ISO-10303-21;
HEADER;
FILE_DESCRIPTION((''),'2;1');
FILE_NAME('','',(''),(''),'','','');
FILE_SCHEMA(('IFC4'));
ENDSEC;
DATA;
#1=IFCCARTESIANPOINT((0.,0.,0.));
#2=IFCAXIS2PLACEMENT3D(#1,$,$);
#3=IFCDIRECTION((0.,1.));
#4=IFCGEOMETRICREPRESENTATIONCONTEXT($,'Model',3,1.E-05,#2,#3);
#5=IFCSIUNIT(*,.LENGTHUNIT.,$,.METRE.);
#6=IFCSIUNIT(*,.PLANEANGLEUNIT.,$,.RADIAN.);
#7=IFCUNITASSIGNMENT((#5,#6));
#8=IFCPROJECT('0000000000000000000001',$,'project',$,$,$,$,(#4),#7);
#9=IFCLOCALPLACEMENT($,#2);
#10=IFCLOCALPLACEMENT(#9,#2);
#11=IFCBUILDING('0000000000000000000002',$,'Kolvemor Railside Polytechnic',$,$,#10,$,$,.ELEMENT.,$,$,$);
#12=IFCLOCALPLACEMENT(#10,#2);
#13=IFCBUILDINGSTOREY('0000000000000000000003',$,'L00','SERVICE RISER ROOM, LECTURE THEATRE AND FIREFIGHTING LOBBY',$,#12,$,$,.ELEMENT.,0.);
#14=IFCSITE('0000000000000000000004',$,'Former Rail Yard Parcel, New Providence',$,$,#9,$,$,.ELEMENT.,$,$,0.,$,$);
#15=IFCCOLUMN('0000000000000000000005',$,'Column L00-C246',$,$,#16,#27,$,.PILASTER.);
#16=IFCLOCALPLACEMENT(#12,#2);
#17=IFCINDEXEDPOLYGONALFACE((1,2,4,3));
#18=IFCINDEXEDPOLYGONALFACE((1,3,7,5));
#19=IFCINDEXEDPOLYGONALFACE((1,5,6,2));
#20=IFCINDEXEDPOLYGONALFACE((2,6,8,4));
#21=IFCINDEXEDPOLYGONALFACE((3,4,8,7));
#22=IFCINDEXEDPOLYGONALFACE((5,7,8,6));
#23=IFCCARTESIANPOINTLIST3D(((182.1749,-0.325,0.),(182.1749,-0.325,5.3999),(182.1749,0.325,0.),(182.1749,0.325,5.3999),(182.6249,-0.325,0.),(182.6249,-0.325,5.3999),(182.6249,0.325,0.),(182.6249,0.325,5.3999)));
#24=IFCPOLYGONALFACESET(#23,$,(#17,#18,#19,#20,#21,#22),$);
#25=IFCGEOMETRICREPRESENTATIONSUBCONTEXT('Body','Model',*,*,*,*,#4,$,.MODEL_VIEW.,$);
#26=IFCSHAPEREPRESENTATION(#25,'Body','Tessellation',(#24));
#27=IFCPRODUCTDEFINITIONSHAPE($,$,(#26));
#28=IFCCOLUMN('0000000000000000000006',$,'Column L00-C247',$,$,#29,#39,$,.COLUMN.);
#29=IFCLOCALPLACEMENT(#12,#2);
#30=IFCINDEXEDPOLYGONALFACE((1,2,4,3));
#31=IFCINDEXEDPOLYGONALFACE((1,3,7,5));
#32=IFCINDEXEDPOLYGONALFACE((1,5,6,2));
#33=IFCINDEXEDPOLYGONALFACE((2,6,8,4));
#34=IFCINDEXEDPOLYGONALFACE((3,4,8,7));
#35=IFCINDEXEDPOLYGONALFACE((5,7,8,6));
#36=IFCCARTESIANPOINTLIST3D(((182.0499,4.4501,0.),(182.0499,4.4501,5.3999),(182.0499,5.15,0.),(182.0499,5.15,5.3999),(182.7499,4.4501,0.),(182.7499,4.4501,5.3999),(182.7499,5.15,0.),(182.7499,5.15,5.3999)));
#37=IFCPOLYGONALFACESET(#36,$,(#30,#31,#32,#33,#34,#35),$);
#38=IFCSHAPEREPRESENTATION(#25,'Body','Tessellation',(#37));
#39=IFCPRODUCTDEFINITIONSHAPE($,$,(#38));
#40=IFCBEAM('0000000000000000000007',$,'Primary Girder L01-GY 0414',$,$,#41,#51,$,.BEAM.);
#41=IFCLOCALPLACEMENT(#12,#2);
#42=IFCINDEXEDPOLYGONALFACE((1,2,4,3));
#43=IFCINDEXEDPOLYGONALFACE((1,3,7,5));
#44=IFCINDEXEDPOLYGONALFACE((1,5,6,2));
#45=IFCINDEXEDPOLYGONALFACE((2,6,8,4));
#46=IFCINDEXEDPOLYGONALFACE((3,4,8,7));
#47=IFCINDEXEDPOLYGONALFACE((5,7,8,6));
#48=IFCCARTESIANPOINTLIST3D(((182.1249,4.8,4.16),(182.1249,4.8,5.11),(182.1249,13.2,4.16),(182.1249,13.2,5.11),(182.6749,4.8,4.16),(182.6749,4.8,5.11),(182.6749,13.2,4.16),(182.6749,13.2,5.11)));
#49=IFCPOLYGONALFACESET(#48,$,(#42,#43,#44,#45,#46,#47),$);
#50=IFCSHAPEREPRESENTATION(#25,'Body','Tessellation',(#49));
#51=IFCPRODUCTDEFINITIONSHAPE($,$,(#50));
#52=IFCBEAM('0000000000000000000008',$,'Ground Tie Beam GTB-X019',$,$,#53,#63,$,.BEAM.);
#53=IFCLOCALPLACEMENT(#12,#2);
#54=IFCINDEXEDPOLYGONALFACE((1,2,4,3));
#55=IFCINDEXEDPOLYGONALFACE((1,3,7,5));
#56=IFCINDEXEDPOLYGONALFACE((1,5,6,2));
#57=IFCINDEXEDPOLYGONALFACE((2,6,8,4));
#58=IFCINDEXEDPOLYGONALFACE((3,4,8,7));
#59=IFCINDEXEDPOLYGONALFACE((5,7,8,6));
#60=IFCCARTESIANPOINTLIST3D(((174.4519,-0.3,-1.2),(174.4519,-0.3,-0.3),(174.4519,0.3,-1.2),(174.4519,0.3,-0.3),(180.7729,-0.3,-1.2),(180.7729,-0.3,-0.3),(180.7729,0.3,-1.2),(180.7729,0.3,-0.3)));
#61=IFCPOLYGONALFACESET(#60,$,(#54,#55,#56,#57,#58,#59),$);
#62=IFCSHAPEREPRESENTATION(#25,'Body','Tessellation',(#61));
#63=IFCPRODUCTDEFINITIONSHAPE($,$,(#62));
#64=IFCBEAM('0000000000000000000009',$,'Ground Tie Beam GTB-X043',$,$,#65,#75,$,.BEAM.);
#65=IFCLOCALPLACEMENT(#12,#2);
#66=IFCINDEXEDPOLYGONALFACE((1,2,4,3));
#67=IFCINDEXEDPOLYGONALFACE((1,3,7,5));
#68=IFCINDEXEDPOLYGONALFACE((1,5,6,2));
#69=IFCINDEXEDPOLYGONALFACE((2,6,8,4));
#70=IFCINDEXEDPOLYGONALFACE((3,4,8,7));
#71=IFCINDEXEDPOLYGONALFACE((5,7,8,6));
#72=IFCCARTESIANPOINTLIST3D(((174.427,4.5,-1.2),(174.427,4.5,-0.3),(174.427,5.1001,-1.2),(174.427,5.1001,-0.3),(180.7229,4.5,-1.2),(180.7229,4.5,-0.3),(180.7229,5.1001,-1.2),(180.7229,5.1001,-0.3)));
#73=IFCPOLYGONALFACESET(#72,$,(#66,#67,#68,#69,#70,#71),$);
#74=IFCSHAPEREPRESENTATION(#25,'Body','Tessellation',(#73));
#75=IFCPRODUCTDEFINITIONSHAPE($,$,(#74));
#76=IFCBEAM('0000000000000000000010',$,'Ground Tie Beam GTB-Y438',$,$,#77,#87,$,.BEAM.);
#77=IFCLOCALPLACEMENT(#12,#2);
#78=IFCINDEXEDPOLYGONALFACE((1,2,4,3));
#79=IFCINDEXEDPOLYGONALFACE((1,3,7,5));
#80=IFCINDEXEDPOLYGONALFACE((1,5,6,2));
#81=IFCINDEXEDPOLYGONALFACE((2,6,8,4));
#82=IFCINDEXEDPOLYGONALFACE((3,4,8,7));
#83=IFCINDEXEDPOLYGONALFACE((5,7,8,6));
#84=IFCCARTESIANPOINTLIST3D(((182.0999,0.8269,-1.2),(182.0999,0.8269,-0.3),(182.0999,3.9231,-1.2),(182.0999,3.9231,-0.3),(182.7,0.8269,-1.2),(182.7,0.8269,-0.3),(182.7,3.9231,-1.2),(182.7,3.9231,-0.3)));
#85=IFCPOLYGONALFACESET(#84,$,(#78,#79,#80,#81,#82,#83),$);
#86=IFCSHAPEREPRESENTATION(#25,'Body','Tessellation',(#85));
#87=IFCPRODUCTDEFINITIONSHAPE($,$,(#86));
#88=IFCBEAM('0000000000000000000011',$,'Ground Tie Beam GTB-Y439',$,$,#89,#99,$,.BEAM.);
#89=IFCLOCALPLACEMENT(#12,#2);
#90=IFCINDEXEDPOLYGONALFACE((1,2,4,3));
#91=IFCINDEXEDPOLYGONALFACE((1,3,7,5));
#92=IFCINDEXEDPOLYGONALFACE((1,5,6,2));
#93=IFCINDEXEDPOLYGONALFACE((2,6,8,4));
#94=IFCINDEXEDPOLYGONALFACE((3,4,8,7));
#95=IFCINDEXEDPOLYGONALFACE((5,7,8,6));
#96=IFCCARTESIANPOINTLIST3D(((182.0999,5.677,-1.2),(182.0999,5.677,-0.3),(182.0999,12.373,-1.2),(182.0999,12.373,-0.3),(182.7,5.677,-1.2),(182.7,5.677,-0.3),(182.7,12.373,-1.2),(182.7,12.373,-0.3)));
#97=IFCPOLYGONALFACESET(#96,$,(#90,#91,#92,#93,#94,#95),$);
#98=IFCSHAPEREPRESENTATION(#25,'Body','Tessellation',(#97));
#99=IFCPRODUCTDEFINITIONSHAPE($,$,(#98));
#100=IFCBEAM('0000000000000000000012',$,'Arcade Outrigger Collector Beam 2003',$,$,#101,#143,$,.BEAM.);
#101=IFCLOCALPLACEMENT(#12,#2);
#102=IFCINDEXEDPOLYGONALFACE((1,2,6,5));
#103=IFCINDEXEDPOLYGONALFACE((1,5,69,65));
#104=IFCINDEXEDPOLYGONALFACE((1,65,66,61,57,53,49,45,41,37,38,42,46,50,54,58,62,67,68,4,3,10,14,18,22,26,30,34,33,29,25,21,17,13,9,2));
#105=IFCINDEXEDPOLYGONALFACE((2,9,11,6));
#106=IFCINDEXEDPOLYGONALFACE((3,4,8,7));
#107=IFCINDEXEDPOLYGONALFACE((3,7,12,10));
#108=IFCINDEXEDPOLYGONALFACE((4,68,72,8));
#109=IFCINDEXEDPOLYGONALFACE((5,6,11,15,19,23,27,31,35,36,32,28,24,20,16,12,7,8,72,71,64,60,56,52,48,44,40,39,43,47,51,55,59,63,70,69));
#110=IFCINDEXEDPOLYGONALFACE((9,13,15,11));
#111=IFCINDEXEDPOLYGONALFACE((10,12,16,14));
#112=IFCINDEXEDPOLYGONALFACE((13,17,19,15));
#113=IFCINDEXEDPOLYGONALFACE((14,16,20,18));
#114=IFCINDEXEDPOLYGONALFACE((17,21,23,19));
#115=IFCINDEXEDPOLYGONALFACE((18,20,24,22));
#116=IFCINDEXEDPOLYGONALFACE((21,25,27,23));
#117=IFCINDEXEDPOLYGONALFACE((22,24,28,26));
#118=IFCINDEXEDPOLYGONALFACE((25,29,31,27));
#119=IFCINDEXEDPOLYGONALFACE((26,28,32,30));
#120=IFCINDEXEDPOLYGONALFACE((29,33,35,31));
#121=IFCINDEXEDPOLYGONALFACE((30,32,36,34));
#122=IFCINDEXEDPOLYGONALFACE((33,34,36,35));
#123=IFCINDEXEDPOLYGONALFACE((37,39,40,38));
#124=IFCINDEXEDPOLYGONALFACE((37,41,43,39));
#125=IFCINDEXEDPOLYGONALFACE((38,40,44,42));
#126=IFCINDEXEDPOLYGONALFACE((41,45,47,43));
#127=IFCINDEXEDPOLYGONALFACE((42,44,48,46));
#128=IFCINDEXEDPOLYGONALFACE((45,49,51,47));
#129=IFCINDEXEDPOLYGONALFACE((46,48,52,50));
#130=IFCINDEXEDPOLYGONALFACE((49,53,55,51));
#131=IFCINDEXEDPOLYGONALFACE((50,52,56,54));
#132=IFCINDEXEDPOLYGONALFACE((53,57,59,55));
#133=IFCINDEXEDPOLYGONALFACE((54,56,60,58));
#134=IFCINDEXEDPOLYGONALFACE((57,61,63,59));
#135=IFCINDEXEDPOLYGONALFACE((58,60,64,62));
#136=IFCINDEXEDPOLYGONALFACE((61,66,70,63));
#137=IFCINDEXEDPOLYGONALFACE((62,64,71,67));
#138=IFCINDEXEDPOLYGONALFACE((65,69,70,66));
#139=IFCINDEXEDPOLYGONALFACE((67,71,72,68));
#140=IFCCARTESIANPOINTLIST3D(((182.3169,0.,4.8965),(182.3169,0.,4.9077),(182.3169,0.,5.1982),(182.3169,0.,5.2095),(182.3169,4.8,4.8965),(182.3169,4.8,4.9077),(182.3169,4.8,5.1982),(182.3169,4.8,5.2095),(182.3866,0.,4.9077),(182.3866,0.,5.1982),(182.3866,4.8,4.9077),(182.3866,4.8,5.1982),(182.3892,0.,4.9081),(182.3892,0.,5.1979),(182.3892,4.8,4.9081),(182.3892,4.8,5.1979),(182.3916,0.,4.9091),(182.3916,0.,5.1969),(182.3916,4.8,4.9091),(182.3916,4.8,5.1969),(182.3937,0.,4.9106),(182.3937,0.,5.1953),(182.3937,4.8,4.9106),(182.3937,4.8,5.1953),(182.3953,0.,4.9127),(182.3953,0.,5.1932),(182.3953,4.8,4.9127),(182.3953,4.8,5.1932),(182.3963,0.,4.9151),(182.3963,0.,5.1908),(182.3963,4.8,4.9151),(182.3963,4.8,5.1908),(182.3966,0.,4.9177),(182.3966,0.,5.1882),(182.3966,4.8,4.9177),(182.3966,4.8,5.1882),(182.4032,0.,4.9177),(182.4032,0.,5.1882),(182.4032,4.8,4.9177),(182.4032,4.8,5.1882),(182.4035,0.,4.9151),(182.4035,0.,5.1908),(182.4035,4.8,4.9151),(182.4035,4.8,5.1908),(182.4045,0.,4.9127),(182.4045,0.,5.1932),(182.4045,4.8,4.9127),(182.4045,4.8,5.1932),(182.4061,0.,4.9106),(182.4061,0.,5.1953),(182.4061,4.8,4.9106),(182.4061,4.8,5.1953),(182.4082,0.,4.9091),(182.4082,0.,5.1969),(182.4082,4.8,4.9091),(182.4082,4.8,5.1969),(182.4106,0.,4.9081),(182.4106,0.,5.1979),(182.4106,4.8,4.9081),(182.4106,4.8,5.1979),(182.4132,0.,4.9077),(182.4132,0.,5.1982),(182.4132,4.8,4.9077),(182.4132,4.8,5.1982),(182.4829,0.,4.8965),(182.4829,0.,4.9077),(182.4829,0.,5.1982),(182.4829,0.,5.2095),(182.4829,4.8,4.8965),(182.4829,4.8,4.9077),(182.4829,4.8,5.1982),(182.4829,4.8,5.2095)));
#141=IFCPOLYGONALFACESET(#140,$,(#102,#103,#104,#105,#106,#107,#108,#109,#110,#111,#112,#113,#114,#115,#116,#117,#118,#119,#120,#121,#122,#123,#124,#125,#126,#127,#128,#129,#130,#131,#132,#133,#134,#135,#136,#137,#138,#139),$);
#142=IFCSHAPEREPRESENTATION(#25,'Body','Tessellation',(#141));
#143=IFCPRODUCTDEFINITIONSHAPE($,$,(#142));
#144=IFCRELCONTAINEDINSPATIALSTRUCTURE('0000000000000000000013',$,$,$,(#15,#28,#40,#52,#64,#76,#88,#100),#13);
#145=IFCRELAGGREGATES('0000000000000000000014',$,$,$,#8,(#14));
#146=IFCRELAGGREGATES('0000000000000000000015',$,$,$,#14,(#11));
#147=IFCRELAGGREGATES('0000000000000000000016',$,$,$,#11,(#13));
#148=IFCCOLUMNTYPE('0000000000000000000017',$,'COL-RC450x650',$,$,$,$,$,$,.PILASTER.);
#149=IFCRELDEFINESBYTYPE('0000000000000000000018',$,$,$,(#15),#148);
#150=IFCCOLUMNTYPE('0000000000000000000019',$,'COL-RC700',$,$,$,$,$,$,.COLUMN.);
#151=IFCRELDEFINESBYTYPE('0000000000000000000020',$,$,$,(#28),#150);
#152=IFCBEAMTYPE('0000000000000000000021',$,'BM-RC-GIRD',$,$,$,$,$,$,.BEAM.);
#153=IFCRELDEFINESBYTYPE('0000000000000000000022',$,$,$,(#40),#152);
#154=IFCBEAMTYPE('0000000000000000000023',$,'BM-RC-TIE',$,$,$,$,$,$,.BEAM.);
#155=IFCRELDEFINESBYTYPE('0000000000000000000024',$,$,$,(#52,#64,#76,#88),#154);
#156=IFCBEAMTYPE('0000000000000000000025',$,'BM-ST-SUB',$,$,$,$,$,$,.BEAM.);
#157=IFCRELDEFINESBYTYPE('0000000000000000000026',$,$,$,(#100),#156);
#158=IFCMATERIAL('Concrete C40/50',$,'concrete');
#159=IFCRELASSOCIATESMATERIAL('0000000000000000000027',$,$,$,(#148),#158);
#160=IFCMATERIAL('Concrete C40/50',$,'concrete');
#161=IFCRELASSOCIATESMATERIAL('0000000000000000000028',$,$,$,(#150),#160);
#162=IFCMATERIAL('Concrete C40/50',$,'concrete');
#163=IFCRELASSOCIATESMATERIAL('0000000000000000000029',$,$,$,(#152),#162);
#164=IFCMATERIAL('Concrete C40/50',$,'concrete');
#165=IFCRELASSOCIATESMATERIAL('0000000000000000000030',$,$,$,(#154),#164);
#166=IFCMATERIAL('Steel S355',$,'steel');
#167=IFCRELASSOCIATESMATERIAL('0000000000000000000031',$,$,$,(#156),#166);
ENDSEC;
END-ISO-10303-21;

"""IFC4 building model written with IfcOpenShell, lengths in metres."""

from ifc_helpers import new_model, si_unit, direction, frame, origin, origin_2d, place, context, subcontext, project, spatial, rectangle, i_section, extrude, material, material_profile, profile_set, type_object, element, save


model = new_model("IFC4")

# Units and contexts
model_context = context("Model", 3, precision=1e-05, world=origin(), true_north=direction((0.0, 1.0)))
body_context = subcontext(model_context, "Body", "Model", "MODEL_VIEW")
ifc_project = project(units=[si_unit("LENGTHUNIT", "METRE"), si_unit("PLANEANGLEUNIT", "RADIAN")], contexts=[model_context])

# Site, building, storey
site_placement = place(None, origin())
site = spatial("IfcSite", under=ifc_project, at=site_placement, Name="Former Rail Yard Parcel, New Providence", CompositionType="ELEMENT", RefElevation=0.0)
building_placement = place(site_placement, origin())
building = spatial("IfcBuilding", under=site, at=building_placement, Name="Kolvemor Railside Polytechnic", CompositionType="ELEMENT")
storey_placement = place(building_placement, origin())
storey = spatial("IfcBuildingStorey", under=building, at=storey_placement, Name="L00", Description="SERVICE RISER ROOM, LECTURE THEATRE AND FIREFIGHTING LOBBY", CompositionType="ELEMENT", Elevation=0.0)

# Columns
ifc_material_1 = material(Name="Concrete C40/50", Category="concrete")
ifc_material_profile_1 = material_profile(ifc_material_1, rectangle(XDim=0.45, YDim=0.6499, at=origin_2d()), Name="RC450x650")
ifc_profile_set_1 = profile_set([ifc_material_profile_1], Name="Concrete C40/50")
column_type_1 = type_object("IfcColumnType", Name="COL-RC450x650", PredefinedType="PILASTER", material=ifc_profile_set_1)
column_1_placement = place(storey_placement, frame((182.3999, 0.0, 0.0), z_axis=(0.0, 0.0, 1.0), x_axis=(1.0, 0.0, 0.0)))
element("IfcColumn", 1, at=column_1_placement, inside=storey, type_object=column_type_1, Name="Column L00-C246", PredefinedType="PILASTER", context=body_context, shape_type="SweptSolid", body=[
    extrude(rectangle(XDim=0.45, YDim=0.6499, at=origin_2d()), origin(), (0.0, 0.0, 1.0), 5.3999),
])
ifc_material_2 = material(Name="Concrete C40/50", Category="concrete")
ifc_material_profile_2 = material_profile(ifc_material_2, rectangle(XDim=0.7, YDim=0.7, at=origin_2d()), Name="RC700x700")
ifc_profile_set_2 = profile_set([ifc_material_profile_2], Name="Concrete C40/50")
column_type_2 = type_object("IfcColumnType", Name="COL-RC700", PredefinedType="COLUMN", material=ifc_profile_set_2)
column_2_placement = place(storey_placement, frame((182.3999, 4.8, 0.0), z_axis=(0.0, 0.0, 1.0), x_axis=(1.0, 0.0, 0.0)))
element("IfcColumn", 2, at=column_2_placement, inside=storey, type_object=column_type_2, Name="Column L00-C247", PredefinedType="COLUMN", context=body_context, shape_type="SweptSolid", body=[
    extrude(rectangle(XDim=0.7, YDim=0.7, at=origin_2d()), origin(), (0.0, 0.0, 1.0), 5.3999),
])

# Beams
ifc_material_3 = material(Name="Concrete C40/50", Category="concrete")
ifc_material_profile_3 = material_profile(ifc_material_3, rectangle(XDim=0.55, YDim=0.95, at=origin_2d()), Name="RC550x950")
ifc_profile_set_3 = profile_set([ifc_material_profile_3], Name="Concrete C40/50")
beam_type_1 = type_object("IfcBeamType", Name="BM-RC-GIRD", PredefinedType="BEAM", material=ifc_profile_set_3)
beam_1_placement = place(storey_placement, frame((182.3999, 4.8, 4.635), z_axis=(0.0, 1.0, 0.0), x_axis=(-1.0, 0.0, 0.0)))
element("IfcBeam", 3, at=beam_1_placement, inside=storey, type_object=beam_type_1, Name="Primary Girder L01-GY 0414", PredefinedType="BEAM", context=body_context, shape_type="SweptSolid", body=[
    extrude(rectangle(XDim=0.55, YDim=0.95, at=origin_2d()), origin(), (0.0, 0.0, 1.0), 8.3999),
])
ifc_material_4 = material(Name="Concrete C40/50", Category="concrete")
ifc_material_profile_4 = material_profile(ifc_material_4, rectangle(XDim=0.6001, YDim=0.8999, at=origin_2d()), Name="RC600x900")
ifc_profile_set_4 = profile_set([ifc_material_profile_4], Name="Concrete C40/50")
beam_type_2 = type_object("IfcBeamType", Name="BM-RC-TIE", PredefinedType="BEAM", material=ifc_profile_set_4)
beam_2_placement = place(storey_placement, frame((174.4519, 0.0, -0.75), z_axis=(1.0, 0.0, 0.0), x_axis=(0.0, 1.0, 0.0)))
element("IfcBeam", 4, at=beam_2_placement, inside=storey, type_object=beam_type_2, Name="Ground Tie Beam GTB-X019", PredefinedType="BEAM", context=body_context, shape_type="SweptSolid", body=[
    extrude(rectangle(XDim=0.6001, YDim=0.8999, at=origin_2d()), origin(), (0.0, 0.0, 1.0), 6.321),
])
beam_3_placement = place(storey_placement, frame((174.427, 4.8, -0.75), z_axis=(1.0, 0.0, 0.0), x_axis=(0.0, 1.0, 0.0)))
element("IfcBeam", 5, at=beam_3_placement, inside=storey, type_object=beam_type_2, Name="Ground Tie Beam GTB-X043", PredefinedType="BEAM", context=body_context, shape_type="SweptSolid", body=[
    extrude(rectangle(XDim=0.6001, YDim=0.8999, at=origin_2d()), origin(), (0.0, 0.0, 1.0), 6.2959),
])
beam_4_placement = place(storey_placement, frame((182.3999, 0.8269, -0.75), z_axis=(0.0, 1.0, 0.0), x_axis=(-1.0, 0.0, 0.0)))
element("IfcBeam", 6, at=beam_4_placement, inside=storey, type_object=beam_type_2, Name="Ground Tie Beam GTB-Y438", PredefinedType="BEAM", context=body_context, shape_type="SweptSolid", body=[
    extrude(rectangle(XDim=0.6001, YDim=0.8999, at=origin_2d()), origin(), (0.0, 0.0, 1.0), 3.0962),
])
beam_5_placement = place(storey_placement, frame((182.3999, 5.677, -0.75), z_axis=(0.0, 1.0, 0.0), x_axis=(-1.0, 0.0, 0.0)))
element("IfcBeam", 7, at=beam_5_placement, inside=storey, type_object=beam_type_2, Name="Ground Tie Beam GTB-Y439", PredefinedType="BEAM", context=body_context, shape_type="SweptSolid", body=[
    extrude(rectangle(XDim=0.6001, YDim=0.8999, at=origin_2d()), origin(), (0.0, 0.0, 1.0), 6.696),
])
ifc_material_5 = material(Name="Steel S355", Category="steel")
ifc_material_profile_5 = material_profile(ifc_material_5, i_section(OverallWidth=0.166, OverallDepth=0.313, WebThickness=0.0066, FlangeThickness=0.0112, FilletRadius=0.01, at=origin_2d()), Name="W310x45")
ifc_profile_set_5 = profile_set([ifc_material_profile_5], Name="Steel S355")
beam_type_3 = type_object("IfcBeamType", Name="BM-ST-SUB", PredefinedType="BEAM", material=ifc_profile_set_5)
beam_6_placement = place(storey_placement, frame((182.3999, 0.0, 5.053), z_axis=(0.0, 1.0, 0.0), x_axis=(-1.0, 0.0, 0.0)))
element("IfcBeam", 8, at=beam_6_placement, inside=storey, type_object=beam_type_3, Name="Arcade Outrigger Collector Beam 2003", PredefinedType="BEAM", context=body_context, shape_type="SweptSolid", body=[
    extrude(i_section(OverallWidth=0.166, OverallDepth=0.313, WebThickness=0.0066, FlangeThickness=0.0112, FilletRadius=0.01, at=origin_2d()), origin(), (0.0, 0.0, 1.0), 4.8),
])

save(model, "model.ifc")
